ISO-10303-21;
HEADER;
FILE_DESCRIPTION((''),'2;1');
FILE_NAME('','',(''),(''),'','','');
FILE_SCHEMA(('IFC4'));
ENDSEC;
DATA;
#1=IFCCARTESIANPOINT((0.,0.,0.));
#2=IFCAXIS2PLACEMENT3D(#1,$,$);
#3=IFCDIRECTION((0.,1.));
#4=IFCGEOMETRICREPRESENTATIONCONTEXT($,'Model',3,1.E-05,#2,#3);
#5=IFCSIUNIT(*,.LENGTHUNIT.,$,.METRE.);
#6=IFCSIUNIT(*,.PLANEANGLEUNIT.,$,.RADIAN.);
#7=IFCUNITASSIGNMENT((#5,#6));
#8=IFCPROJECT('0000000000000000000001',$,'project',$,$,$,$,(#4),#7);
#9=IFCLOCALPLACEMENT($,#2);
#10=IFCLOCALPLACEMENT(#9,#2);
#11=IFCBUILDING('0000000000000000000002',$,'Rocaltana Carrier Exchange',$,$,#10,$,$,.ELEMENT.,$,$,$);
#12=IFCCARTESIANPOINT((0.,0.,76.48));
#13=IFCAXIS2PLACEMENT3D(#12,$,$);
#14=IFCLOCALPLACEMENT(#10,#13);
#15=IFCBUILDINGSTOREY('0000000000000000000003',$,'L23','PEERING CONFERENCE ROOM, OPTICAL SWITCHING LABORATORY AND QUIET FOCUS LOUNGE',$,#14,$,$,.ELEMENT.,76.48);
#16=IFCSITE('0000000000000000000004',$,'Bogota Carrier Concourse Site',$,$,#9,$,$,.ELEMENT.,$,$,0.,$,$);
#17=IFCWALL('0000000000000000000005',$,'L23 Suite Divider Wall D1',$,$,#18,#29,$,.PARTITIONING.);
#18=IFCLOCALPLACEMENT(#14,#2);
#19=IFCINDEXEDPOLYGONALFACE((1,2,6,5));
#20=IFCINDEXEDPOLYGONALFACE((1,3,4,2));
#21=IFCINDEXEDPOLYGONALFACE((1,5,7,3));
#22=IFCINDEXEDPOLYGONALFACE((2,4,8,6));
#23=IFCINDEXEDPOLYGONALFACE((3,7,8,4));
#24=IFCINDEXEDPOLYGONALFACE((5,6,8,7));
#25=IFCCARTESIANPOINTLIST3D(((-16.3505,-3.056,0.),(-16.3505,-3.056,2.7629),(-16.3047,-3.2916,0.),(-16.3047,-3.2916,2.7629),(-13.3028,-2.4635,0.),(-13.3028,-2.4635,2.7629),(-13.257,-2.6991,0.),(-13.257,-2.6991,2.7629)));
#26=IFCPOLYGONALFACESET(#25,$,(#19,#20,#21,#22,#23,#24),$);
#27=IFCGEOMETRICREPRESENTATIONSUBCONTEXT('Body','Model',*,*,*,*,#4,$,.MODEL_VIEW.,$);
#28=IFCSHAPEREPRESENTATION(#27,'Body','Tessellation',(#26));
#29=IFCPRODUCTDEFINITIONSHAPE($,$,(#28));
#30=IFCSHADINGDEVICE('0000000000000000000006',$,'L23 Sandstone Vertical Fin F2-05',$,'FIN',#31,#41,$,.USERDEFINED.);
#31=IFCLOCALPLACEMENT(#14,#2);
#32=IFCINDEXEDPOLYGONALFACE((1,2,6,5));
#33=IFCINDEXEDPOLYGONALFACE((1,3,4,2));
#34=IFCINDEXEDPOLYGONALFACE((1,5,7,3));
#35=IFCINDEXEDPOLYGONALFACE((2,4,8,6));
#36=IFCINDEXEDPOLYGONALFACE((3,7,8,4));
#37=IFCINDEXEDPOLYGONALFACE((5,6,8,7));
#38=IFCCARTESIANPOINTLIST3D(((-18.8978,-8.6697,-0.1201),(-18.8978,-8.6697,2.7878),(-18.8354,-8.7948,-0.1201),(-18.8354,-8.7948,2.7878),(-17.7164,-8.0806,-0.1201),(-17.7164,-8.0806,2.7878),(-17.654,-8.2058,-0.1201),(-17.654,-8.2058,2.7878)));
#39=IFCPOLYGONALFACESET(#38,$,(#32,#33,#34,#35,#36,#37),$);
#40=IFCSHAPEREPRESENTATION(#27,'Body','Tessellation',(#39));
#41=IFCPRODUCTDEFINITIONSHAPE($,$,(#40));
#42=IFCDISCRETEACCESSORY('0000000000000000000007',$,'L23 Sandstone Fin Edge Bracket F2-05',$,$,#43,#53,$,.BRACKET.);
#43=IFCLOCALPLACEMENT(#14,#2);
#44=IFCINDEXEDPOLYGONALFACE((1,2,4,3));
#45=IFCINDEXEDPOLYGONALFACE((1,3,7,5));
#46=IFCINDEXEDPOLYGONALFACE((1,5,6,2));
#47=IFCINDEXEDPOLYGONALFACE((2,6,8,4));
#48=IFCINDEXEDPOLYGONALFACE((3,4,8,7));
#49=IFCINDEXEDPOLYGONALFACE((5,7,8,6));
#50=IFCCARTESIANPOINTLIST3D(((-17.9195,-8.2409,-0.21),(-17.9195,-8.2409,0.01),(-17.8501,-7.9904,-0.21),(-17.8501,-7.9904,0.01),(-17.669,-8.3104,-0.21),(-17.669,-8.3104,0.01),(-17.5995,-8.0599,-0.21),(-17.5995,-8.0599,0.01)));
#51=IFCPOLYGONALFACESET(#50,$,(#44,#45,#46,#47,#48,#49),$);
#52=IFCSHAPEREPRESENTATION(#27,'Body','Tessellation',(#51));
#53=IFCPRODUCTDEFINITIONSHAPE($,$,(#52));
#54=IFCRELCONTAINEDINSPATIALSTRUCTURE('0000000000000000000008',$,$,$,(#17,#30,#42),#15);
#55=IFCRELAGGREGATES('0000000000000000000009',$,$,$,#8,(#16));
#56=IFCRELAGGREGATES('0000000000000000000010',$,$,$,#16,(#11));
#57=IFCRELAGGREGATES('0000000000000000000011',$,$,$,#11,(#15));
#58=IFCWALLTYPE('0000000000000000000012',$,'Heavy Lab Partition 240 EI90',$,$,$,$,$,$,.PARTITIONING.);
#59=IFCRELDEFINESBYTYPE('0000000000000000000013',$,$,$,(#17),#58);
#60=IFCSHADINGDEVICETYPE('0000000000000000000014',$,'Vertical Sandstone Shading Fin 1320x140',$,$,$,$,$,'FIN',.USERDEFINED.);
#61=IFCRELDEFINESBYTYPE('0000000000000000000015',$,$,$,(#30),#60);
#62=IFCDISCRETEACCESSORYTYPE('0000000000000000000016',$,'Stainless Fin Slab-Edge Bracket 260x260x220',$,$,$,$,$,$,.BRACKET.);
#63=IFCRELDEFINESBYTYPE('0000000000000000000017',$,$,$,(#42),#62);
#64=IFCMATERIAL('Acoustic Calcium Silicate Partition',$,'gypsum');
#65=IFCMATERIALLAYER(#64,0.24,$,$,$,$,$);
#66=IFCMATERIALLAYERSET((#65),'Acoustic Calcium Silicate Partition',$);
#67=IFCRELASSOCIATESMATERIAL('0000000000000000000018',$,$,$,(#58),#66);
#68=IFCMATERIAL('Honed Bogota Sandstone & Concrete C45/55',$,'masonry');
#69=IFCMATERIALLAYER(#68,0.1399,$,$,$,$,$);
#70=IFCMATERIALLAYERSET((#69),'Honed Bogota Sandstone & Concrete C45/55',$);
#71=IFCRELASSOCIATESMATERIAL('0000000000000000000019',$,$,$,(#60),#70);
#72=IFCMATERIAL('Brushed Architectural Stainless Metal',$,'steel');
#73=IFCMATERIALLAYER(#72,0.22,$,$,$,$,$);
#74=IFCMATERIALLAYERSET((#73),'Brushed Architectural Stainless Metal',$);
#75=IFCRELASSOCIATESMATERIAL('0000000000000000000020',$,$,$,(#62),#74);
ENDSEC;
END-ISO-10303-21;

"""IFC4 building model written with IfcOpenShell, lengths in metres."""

from ifc_helpers import new_model, si_unit, direction, frame, frame_2d, origin, origin_2d, place, context, subcontext, project, spatial, rectangle, extrude, material, layer, layer_set, type_object, element, save


model = new_model("IFC4")

# Units and contexts
model_context = context("Model", 3, precision=1e-05, world=origin(), true_north=direction((0.0, 1.0)))
body_context = subcontext(model_context, "Body", "Model", "MODEL_VIEW")
ifc_project = project(units=[si_unit("LENGTHUNIT", "METRE"), si_unit("PLANEANGLEUNIT", "RADIAN")], contexts=[model_context])

# Site, building, storey
site_placement = place(None, origin())
site = spatial("IfcSite", under=ifc_project, at=site_placement, Name="Bogota Carrier Concourse Site", CompositionType="ELEMENT", RefElevation=0.0)
building_placement = place(site_placement, origin())
building = spatial("IfcBuilding", under=site, at=building_placement, Name="Rocaltana Carrier Exchange", CompositionType="ELEMENT")
storey_placement = place(building_placement, frame((0.0, 0.0, 76.48)))
storey = spatial("IfcBuildingStorey", under=building, at=storey_placement, Name="L23", Description="PEERING CONFERENCE ROOM, OPTICAL SWITCHING LABORATORY AND QUIET FOCUS LOUNGE", CompositionType="ELEMENT", Elevation=76.48)

# Wall
ifc_material_1 = material(Name="Acoustic Calcium Silicate Partition", Category="gypsum")
ifc_layer_1 = layer(ifc_material_1, 0.24)
ifc_layer_set_1 = layer_set([ifc_layer_1], Name="Acoustic Calcium Silicate Partition")
wall_type_1 = type_object("IfcWallType", Name="Heavy Lab Partition 240 EI90", PredefinedType="PARTITIONING", material=ifc_layer_set_1)
wall_1_placement = place(storey_placement, frame((-13.28, -2.5813, 0.0), z_axis=(0.0, 0.0, 1.0), x_axis=(-0.981619, -0.190851, 0.0)))
element("IfcWall", 1, at=wall_1_placement, inside=storey, type_object=wall_type_1, Name="L23 Suite Divider Wall D1", PredefinedType="PARTITIONING", context=body_context, shape_type="SweptSolid", body=[
    extrude(rectangle(XDim=3.1047, YDim=0.24, at=frame_2d((1.5522, 0.0))), origin(), (0.0, 0.0, 1.0), 2.7629),
])

# Shading device
ifc_material_2 = material(Name="Honed Bogota Sandstone & Concrete C45/55", Category="masonry")
ifc_layer_2 = layer(ifc_material_2, 0.1399)
ifc_layer_set_2 = layer_set([ifc_layer_2], Name="Honed Bogota Sandstone & Concrete C45/55")
shading_device_type = type_object("IfcShadingDeviceType", Name="Vertical Sandstone Shading Fin 1320x140", ElementType="FIN", PredefinedType="USERDEFINED", material=ifc_layer_set_2)
shading_device_placement = place(storey_placement, frame((-18.2759, -8.4377, -0.1201), z_axis=(0.0, 0.0, 1.0), x_axis=(-0.894934, -0.446198, 0.0)))
element("IfcShadingDevice", 2, at=shading_device_placement, inside=storey, type_object=shading_device_type, Name="L23 Sandstone Vertical Fin F2-05", ObjectType="FIN", PredefinedType="USERDEFINED", context=body_context, shape_type="SweptSolid", body=[
    extrude(rectangle(XDim=1.3201, YDim=0.1399, at=origin_2d()), origin(), (0.0, 0.0, 1.0), 2.908),
])

# Discrete accessory
ifc_material_3 = material(Name="Brushed Architectural Stainless Metal", Category="steel")
ifc_layer_3 = layer(ifc_material_3, 0.22)
ifc_layer_set_3 = layer_set([ifc_layer_3], Name="Brushed Architectural Stainless Metal")
discrete_accessory_type = type_object("IfcDiscreteAccessoryType", Name="Stainless Fin Slab-Edge Bracket 260x260x220", PredefinedType="BRACKET", material=ifc_layer_set_3)
discrete_accessory_placement = place(storey_placement, frame((-17.7595, -8.1504, -0.21), z_axis=(0.0, 0.0, 1.0), x_axis=(-0.267238, -0.96363, 0.0)))
element("IfcDiscreteAccessory", 3, at=discrete_accessory_placement, inside=storey, type_object=discrete_accessory_type, Name="L23 Sandstone Fin Edge Bracket F2-05", PredefinedType="BRACKET", context=body_context, shape_type="SweptSolid", body=[
    extrude(rectangle(XDim=0.26, YDim=0.26, at=origin_2d()), origin(), (0.0, 0.0, 1.0), 0.22),
])

save(model, "model.ifc")
